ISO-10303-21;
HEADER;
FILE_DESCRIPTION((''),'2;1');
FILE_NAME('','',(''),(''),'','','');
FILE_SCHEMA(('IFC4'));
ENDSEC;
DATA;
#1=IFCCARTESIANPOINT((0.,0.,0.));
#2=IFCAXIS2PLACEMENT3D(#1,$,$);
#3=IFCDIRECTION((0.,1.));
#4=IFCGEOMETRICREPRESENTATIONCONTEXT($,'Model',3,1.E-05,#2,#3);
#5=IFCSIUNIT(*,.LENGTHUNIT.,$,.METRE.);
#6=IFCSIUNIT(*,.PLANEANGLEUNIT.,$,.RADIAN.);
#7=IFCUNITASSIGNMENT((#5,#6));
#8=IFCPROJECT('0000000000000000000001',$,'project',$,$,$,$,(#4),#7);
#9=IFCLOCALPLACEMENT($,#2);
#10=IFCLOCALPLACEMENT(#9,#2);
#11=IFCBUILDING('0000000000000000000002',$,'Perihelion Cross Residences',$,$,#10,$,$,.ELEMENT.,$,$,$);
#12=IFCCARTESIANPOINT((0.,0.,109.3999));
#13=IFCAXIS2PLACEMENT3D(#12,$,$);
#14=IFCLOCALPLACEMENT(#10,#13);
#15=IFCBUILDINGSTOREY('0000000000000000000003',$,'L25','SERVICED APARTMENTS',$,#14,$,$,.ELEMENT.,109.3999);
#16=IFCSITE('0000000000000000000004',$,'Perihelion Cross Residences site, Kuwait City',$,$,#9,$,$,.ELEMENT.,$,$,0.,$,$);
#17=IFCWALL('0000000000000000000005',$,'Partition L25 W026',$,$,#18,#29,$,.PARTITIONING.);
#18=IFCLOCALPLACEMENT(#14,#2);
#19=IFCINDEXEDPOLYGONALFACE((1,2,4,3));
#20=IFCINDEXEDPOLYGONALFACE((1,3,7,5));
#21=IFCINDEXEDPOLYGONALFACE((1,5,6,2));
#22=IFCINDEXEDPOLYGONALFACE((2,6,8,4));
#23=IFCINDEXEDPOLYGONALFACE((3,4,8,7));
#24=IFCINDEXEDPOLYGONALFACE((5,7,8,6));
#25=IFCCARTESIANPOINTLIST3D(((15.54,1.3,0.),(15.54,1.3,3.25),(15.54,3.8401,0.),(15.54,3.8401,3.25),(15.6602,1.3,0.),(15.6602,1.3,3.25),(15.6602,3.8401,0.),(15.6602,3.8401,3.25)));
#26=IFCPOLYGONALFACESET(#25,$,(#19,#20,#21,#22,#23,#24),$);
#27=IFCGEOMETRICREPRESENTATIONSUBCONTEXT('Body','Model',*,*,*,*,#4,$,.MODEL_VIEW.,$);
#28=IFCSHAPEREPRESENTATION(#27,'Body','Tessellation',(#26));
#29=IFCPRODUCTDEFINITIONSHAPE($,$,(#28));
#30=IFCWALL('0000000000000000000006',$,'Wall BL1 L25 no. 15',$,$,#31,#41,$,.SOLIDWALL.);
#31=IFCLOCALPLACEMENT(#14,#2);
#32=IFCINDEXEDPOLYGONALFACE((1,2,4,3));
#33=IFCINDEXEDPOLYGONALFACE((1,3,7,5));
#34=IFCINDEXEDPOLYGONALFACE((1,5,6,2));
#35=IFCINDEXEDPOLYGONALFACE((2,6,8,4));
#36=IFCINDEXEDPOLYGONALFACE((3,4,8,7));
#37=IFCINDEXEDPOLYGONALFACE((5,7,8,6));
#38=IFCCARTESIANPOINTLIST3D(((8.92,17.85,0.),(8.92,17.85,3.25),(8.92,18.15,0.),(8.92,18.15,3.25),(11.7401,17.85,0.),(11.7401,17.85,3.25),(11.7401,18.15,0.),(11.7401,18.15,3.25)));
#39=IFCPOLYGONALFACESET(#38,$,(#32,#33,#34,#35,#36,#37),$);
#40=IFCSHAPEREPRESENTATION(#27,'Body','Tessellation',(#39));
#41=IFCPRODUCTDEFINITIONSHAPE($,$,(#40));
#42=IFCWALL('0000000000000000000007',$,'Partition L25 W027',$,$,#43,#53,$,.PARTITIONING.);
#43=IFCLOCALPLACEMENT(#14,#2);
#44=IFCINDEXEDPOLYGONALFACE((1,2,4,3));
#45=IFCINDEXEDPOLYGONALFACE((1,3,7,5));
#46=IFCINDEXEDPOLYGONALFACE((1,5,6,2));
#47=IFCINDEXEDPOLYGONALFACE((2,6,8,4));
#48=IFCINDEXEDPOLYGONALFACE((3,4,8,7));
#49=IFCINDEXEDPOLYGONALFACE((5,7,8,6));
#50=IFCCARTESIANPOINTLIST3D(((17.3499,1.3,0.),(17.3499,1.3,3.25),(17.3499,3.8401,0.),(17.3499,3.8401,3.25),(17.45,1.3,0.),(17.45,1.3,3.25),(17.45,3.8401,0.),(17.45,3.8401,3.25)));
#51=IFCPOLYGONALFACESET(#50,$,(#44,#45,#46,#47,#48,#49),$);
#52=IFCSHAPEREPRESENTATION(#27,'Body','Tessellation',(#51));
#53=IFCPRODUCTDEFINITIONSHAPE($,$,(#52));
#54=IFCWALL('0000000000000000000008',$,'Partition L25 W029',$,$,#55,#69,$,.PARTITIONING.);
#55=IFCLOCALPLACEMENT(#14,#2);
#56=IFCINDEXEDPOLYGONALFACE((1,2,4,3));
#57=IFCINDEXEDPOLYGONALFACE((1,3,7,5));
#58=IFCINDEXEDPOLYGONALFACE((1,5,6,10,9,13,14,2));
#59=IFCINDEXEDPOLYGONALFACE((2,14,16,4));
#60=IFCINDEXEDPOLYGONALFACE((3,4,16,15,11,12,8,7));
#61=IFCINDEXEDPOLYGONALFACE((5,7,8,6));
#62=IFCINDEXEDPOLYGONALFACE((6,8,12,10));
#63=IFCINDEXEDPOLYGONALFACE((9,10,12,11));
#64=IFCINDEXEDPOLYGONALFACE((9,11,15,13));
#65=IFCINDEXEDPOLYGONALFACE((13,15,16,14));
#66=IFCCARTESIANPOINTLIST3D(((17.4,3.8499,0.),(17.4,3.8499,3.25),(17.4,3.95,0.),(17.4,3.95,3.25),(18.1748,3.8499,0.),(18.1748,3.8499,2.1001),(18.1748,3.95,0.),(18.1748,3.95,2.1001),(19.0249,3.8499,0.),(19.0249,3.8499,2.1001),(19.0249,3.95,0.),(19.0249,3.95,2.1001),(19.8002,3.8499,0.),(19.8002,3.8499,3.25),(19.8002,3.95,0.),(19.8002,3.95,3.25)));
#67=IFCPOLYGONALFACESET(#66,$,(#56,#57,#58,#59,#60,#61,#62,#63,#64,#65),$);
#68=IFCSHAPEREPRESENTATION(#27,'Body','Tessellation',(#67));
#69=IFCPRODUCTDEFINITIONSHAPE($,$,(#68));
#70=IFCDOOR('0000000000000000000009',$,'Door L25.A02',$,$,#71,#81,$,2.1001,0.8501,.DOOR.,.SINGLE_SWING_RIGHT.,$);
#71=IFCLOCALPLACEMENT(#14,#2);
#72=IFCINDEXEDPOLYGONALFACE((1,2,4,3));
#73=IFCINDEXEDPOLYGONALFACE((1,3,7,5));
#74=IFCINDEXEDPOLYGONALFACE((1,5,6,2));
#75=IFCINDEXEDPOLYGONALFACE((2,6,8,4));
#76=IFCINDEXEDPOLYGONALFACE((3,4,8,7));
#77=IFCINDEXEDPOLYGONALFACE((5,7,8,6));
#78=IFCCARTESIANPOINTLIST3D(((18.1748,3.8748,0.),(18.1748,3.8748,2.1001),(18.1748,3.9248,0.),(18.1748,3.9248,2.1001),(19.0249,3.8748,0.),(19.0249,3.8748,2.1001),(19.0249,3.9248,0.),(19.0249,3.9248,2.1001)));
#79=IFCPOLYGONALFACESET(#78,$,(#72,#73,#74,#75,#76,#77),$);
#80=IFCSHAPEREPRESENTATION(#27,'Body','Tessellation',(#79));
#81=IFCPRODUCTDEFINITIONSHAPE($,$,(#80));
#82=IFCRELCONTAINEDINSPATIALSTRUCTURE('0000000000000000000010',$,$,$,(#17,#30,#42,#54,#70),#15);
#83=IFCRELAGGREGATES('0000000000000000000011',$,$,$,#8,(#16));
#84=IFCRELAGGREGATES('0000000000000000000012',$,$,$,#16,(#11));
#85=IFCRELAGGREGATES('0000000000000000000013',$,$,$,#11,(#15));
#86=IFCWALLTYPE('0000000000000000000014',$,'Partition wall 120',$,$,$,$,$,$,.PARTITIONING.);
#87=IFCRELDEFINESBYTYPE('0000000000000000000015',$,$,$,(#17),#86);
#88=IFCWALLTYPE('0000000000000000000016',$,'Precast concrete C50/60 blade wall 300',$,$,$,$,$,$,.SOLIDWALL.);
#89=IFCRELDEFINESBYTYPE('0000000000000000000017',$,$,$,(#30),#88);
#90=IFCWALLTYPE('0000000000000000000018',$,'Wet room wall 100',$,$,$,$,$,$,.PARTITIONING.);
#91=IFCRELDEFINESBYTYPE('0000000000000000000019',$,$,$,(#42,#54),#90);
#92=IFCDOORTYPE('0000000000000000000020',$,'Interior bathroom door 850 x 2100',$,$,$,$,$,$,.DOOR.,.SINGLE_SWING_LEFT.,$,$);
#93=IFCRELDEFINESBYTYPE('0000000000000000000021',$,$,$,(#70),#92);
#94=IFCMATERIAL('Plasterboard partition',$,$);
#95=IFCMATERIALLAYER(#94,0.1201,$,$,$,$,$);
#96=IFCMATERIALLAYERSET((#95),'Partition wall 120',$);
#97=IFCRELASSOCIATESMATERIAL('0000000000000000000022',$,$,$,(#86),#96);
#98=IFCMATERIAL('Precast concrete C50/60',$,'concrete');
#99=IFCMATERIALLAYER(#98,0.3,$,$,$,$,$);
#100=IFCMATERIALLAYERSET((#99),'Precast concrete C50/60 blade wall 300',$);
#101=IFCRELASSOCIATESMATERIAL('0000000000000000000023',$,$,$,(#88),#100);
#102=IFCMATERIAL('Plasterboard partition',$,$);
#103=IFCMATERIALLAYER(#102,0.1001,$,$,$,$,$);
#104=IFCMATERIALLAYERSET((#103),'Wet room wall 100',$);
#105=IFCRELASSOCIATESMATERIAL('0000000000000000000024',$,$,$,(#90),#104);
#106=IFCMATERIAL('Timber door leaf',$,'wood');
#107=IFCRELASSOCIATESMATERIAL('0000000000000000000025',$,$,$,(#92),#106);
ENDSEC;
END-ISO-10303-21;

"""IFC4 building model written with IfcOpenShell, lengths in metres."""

from ifc_helpers import new_model, si_unit, direction, frame, frame_2d, origin, place, context, subcontext, project, spatial, rectangle, extrude, material, layer, layer_set, type_object, element, fill, save


model = new_model("IFC4")

# Units and contexts
model_context = context("Model", 3, precision=1e-05, world=origin(), true_north=direction((0.0, 1.0)))
body_context = subcontext(model_context, "Body", "Model", "MODEL_VIEW")
ifc_project = project(units=[si_unit("LENGTHUNIT", "METRE"), si_unit("PLANEANGLEUNIT", "RADIAN")], contexts=[model_context])

# Site, building, storey
site_placement = place(None, origin())
site = spatial("IfcSite", under=ifc_project, at=site_placement, Name="Perihelion Cross Residences site, Kuwait City", CompositionType="ELEMENT", RefElevation=0.0)
building_placement = place(site_placement, origin())
building = spatial("IfcBuilding", under=site, at=building_placement, Name="Perihelion Cross Residences", CompositionType="ELEMENT")
storey_placement = place(building_placement, frame((0.0, 0.0, 109.3999)))
storey = spatial("IfcBuildingStorey", under=building, at=storey_placement, Name="L25", Description="SERVICED APARTMENTS", CompositionType="ELEMENT", Elevation=109.3999)

# Shared definitions
ifc_material_1 = material(Name="Plasterboard partition")
ifc_layer_1 = layer(ifc_material_1, 0.1201)
ifc_layer_set_1 = layer_set([ifc_layer_1], Name="Partition wall 120")
wall_type_1 = type_object("IfcWallType", Name="Partition wall 120", PredefinedType="PARTITIONING", material=ifc_layer_set_1)

# Walls
wall_1_placement = place(storey_placement, frame((15.6001, 3.8401, 0.0), z_axis=(0.0, 0.0, 1.0), x_axis=(0.0, -1.0, 0.0)))
element("IfcWall", 1, at=wall_1_placement, inside=storey, type_object=wall_type_1, Name="Partition L25 W026", PredefinedType="PARTITIONING", context=body_context, shape_type="SweptSolid", body=[
    extrude(rectangle(XDim=2.54, YDim=0.1201, at=frame_2d((1.27, 0.0))), origin(), (0.0, 0.0, 1.0), 3.25),
])
ifc_material_2 = material(Name="Precast concrete C50/60", Category="concrete")
ifc_layer_2 = layer(ifc_material_2, 0.3)
ifc_layer_set_2 = layer_set([ifc_layer_2], Name="Precast concrete C50/60 blade wall 300")
wall_type_2 = type_object("IfcWallType", Name="Precast concrete C50/60 blade wall 300", PredefinedType="SOLIDWALL", material=ifc_layer_set_2)
wall_2_placement = place(storey_placement, frame((8.9199, 18.0, 0.0), z_axis=(0.0, 0.0, 1.0), x_axis=(1.0, 0.0, 0.0)))
element("IfcWall", 2, at=wall_2_placement, inside=storey, type_object=wall_type_2, Name="Wall BL1 L25 no. 15", PredefinedType="SOLIDWALL", context=body_context, shape_type="SweptSolid", body=[
    extrude(rectangle(XDim=2.8201, YDim=0.3, at=frame_2d((1.4102, 0.0))), origin(), (0.0, 0.0, 1.0), 3.25),
])
ifc_material_3 = material(Name="Plasterboard partition")
ifc_layer_3 = layer(ifc_material_3, 0.1001)
ifc_layer_set_3 = layer_set([ifc_layer_3], Name="Wet room wall 100")
wall_type_3 = type_object("IfcWallType", Name="Wet room wall 100", PredefinedType="PARTITIONING", material=ifc_layer_set_3)
wall_3_placement = place(storey_placement, frame((17.3999, 3.8401, 0.0), z_axis=(0.0, 0.0, 1.0), x_axis=(0.0, -1.0, 0.0)))
element("IfcWall", 3, at=wall_3_placement, inside=storey, type_object=wall_type_3, Name="Partition L25 W027", PredefinedType="PARTITIONING", context=body_context, shape_type="SweptSolid", body=[
    extrude(rectangle(XDim=2.54, YDim=0.1001, at=frame_2d((1.27, 0.0))), origin(), (0.0, 0.0, 1.0), 3.25),
])

# Wall, opening, door
wall_4_placement = place(storey_placement, frame((17.3999, 3.8999, 0.0), z_axis=(0.0, 0.0, 1.0), x_axis=(1.0, 0.0, 0.0)))
wall_4 = element("IfcWall", 4, at=wall_4_placement, inside=storey, type_object=wall_type_3, Name="Partition L25 W029", PredefinedType="PARTITIONING", context=body_context, shape_type="SweptSolid", body=[
    extrude(rectangle(XDim=2.4001, YDim=0.1001, at=frame_2d((1.2002, 0.0))), origin(), (0.0, 0.0, 1.0), 3.25),
])
opening_1_placement = place(wall_4_placement, frame((0.7749, 0.0, 0.0)))
opening_1 = element("IfcOpeningElement", 5, at=opening_1_placement, cuts=wall_4, PredefinedType="OPENING", context=body_context, shape_type="SweptSolid", body=[
    extrude(rectangle(XDim=0.8501, YDim=2.1001, at=frame_2d((0.425, 1.05))), frame((0.0, 0.0601, 0.0), z_axis=(0.0, -1.0, 0.0), x_axis=(1.0, 0.0, 0.0)), (0.0, 0.0, 1.0), 0.1201),
])
ifc_material_4 = material(Name="Timber door leaf", Category="wood")
door_type_1 = type_object("IfcDoorType", Name="Interior bathroom door 850 x 2100", OperationType="SINGLE_SWING_LEFT", PredefinedType="DOOR", material=ifc_material_4)
door_1_placement = place(opening_1_placement, origin())
door_1 = element("IfcDoor", 6, at=door_1_placement, inside=storey, type_object=door_type_1, Name="Door L25.A02", OperationType="SINGLE_SWING_RIGHT", OverallHeight=2.1001, OverallWidth=0.8501, PredefinedType="DOOR", context=body_context, shape_type="SweptSolid", body=[
    extrude(rectangle(XDim=0.8501, YDim=2.1001, at=frame_2d((0.425, 1.05))), frame((0.0, 0.0249, 0.0), z_axis=(0.0, -1.0, 0.0), x_axis=(1.0, 0.0, 0.0)), (0.0, 0.0, 1.0), 0.05),
])
fill(opening_1, door_1)

save(model, "model.ifc")
